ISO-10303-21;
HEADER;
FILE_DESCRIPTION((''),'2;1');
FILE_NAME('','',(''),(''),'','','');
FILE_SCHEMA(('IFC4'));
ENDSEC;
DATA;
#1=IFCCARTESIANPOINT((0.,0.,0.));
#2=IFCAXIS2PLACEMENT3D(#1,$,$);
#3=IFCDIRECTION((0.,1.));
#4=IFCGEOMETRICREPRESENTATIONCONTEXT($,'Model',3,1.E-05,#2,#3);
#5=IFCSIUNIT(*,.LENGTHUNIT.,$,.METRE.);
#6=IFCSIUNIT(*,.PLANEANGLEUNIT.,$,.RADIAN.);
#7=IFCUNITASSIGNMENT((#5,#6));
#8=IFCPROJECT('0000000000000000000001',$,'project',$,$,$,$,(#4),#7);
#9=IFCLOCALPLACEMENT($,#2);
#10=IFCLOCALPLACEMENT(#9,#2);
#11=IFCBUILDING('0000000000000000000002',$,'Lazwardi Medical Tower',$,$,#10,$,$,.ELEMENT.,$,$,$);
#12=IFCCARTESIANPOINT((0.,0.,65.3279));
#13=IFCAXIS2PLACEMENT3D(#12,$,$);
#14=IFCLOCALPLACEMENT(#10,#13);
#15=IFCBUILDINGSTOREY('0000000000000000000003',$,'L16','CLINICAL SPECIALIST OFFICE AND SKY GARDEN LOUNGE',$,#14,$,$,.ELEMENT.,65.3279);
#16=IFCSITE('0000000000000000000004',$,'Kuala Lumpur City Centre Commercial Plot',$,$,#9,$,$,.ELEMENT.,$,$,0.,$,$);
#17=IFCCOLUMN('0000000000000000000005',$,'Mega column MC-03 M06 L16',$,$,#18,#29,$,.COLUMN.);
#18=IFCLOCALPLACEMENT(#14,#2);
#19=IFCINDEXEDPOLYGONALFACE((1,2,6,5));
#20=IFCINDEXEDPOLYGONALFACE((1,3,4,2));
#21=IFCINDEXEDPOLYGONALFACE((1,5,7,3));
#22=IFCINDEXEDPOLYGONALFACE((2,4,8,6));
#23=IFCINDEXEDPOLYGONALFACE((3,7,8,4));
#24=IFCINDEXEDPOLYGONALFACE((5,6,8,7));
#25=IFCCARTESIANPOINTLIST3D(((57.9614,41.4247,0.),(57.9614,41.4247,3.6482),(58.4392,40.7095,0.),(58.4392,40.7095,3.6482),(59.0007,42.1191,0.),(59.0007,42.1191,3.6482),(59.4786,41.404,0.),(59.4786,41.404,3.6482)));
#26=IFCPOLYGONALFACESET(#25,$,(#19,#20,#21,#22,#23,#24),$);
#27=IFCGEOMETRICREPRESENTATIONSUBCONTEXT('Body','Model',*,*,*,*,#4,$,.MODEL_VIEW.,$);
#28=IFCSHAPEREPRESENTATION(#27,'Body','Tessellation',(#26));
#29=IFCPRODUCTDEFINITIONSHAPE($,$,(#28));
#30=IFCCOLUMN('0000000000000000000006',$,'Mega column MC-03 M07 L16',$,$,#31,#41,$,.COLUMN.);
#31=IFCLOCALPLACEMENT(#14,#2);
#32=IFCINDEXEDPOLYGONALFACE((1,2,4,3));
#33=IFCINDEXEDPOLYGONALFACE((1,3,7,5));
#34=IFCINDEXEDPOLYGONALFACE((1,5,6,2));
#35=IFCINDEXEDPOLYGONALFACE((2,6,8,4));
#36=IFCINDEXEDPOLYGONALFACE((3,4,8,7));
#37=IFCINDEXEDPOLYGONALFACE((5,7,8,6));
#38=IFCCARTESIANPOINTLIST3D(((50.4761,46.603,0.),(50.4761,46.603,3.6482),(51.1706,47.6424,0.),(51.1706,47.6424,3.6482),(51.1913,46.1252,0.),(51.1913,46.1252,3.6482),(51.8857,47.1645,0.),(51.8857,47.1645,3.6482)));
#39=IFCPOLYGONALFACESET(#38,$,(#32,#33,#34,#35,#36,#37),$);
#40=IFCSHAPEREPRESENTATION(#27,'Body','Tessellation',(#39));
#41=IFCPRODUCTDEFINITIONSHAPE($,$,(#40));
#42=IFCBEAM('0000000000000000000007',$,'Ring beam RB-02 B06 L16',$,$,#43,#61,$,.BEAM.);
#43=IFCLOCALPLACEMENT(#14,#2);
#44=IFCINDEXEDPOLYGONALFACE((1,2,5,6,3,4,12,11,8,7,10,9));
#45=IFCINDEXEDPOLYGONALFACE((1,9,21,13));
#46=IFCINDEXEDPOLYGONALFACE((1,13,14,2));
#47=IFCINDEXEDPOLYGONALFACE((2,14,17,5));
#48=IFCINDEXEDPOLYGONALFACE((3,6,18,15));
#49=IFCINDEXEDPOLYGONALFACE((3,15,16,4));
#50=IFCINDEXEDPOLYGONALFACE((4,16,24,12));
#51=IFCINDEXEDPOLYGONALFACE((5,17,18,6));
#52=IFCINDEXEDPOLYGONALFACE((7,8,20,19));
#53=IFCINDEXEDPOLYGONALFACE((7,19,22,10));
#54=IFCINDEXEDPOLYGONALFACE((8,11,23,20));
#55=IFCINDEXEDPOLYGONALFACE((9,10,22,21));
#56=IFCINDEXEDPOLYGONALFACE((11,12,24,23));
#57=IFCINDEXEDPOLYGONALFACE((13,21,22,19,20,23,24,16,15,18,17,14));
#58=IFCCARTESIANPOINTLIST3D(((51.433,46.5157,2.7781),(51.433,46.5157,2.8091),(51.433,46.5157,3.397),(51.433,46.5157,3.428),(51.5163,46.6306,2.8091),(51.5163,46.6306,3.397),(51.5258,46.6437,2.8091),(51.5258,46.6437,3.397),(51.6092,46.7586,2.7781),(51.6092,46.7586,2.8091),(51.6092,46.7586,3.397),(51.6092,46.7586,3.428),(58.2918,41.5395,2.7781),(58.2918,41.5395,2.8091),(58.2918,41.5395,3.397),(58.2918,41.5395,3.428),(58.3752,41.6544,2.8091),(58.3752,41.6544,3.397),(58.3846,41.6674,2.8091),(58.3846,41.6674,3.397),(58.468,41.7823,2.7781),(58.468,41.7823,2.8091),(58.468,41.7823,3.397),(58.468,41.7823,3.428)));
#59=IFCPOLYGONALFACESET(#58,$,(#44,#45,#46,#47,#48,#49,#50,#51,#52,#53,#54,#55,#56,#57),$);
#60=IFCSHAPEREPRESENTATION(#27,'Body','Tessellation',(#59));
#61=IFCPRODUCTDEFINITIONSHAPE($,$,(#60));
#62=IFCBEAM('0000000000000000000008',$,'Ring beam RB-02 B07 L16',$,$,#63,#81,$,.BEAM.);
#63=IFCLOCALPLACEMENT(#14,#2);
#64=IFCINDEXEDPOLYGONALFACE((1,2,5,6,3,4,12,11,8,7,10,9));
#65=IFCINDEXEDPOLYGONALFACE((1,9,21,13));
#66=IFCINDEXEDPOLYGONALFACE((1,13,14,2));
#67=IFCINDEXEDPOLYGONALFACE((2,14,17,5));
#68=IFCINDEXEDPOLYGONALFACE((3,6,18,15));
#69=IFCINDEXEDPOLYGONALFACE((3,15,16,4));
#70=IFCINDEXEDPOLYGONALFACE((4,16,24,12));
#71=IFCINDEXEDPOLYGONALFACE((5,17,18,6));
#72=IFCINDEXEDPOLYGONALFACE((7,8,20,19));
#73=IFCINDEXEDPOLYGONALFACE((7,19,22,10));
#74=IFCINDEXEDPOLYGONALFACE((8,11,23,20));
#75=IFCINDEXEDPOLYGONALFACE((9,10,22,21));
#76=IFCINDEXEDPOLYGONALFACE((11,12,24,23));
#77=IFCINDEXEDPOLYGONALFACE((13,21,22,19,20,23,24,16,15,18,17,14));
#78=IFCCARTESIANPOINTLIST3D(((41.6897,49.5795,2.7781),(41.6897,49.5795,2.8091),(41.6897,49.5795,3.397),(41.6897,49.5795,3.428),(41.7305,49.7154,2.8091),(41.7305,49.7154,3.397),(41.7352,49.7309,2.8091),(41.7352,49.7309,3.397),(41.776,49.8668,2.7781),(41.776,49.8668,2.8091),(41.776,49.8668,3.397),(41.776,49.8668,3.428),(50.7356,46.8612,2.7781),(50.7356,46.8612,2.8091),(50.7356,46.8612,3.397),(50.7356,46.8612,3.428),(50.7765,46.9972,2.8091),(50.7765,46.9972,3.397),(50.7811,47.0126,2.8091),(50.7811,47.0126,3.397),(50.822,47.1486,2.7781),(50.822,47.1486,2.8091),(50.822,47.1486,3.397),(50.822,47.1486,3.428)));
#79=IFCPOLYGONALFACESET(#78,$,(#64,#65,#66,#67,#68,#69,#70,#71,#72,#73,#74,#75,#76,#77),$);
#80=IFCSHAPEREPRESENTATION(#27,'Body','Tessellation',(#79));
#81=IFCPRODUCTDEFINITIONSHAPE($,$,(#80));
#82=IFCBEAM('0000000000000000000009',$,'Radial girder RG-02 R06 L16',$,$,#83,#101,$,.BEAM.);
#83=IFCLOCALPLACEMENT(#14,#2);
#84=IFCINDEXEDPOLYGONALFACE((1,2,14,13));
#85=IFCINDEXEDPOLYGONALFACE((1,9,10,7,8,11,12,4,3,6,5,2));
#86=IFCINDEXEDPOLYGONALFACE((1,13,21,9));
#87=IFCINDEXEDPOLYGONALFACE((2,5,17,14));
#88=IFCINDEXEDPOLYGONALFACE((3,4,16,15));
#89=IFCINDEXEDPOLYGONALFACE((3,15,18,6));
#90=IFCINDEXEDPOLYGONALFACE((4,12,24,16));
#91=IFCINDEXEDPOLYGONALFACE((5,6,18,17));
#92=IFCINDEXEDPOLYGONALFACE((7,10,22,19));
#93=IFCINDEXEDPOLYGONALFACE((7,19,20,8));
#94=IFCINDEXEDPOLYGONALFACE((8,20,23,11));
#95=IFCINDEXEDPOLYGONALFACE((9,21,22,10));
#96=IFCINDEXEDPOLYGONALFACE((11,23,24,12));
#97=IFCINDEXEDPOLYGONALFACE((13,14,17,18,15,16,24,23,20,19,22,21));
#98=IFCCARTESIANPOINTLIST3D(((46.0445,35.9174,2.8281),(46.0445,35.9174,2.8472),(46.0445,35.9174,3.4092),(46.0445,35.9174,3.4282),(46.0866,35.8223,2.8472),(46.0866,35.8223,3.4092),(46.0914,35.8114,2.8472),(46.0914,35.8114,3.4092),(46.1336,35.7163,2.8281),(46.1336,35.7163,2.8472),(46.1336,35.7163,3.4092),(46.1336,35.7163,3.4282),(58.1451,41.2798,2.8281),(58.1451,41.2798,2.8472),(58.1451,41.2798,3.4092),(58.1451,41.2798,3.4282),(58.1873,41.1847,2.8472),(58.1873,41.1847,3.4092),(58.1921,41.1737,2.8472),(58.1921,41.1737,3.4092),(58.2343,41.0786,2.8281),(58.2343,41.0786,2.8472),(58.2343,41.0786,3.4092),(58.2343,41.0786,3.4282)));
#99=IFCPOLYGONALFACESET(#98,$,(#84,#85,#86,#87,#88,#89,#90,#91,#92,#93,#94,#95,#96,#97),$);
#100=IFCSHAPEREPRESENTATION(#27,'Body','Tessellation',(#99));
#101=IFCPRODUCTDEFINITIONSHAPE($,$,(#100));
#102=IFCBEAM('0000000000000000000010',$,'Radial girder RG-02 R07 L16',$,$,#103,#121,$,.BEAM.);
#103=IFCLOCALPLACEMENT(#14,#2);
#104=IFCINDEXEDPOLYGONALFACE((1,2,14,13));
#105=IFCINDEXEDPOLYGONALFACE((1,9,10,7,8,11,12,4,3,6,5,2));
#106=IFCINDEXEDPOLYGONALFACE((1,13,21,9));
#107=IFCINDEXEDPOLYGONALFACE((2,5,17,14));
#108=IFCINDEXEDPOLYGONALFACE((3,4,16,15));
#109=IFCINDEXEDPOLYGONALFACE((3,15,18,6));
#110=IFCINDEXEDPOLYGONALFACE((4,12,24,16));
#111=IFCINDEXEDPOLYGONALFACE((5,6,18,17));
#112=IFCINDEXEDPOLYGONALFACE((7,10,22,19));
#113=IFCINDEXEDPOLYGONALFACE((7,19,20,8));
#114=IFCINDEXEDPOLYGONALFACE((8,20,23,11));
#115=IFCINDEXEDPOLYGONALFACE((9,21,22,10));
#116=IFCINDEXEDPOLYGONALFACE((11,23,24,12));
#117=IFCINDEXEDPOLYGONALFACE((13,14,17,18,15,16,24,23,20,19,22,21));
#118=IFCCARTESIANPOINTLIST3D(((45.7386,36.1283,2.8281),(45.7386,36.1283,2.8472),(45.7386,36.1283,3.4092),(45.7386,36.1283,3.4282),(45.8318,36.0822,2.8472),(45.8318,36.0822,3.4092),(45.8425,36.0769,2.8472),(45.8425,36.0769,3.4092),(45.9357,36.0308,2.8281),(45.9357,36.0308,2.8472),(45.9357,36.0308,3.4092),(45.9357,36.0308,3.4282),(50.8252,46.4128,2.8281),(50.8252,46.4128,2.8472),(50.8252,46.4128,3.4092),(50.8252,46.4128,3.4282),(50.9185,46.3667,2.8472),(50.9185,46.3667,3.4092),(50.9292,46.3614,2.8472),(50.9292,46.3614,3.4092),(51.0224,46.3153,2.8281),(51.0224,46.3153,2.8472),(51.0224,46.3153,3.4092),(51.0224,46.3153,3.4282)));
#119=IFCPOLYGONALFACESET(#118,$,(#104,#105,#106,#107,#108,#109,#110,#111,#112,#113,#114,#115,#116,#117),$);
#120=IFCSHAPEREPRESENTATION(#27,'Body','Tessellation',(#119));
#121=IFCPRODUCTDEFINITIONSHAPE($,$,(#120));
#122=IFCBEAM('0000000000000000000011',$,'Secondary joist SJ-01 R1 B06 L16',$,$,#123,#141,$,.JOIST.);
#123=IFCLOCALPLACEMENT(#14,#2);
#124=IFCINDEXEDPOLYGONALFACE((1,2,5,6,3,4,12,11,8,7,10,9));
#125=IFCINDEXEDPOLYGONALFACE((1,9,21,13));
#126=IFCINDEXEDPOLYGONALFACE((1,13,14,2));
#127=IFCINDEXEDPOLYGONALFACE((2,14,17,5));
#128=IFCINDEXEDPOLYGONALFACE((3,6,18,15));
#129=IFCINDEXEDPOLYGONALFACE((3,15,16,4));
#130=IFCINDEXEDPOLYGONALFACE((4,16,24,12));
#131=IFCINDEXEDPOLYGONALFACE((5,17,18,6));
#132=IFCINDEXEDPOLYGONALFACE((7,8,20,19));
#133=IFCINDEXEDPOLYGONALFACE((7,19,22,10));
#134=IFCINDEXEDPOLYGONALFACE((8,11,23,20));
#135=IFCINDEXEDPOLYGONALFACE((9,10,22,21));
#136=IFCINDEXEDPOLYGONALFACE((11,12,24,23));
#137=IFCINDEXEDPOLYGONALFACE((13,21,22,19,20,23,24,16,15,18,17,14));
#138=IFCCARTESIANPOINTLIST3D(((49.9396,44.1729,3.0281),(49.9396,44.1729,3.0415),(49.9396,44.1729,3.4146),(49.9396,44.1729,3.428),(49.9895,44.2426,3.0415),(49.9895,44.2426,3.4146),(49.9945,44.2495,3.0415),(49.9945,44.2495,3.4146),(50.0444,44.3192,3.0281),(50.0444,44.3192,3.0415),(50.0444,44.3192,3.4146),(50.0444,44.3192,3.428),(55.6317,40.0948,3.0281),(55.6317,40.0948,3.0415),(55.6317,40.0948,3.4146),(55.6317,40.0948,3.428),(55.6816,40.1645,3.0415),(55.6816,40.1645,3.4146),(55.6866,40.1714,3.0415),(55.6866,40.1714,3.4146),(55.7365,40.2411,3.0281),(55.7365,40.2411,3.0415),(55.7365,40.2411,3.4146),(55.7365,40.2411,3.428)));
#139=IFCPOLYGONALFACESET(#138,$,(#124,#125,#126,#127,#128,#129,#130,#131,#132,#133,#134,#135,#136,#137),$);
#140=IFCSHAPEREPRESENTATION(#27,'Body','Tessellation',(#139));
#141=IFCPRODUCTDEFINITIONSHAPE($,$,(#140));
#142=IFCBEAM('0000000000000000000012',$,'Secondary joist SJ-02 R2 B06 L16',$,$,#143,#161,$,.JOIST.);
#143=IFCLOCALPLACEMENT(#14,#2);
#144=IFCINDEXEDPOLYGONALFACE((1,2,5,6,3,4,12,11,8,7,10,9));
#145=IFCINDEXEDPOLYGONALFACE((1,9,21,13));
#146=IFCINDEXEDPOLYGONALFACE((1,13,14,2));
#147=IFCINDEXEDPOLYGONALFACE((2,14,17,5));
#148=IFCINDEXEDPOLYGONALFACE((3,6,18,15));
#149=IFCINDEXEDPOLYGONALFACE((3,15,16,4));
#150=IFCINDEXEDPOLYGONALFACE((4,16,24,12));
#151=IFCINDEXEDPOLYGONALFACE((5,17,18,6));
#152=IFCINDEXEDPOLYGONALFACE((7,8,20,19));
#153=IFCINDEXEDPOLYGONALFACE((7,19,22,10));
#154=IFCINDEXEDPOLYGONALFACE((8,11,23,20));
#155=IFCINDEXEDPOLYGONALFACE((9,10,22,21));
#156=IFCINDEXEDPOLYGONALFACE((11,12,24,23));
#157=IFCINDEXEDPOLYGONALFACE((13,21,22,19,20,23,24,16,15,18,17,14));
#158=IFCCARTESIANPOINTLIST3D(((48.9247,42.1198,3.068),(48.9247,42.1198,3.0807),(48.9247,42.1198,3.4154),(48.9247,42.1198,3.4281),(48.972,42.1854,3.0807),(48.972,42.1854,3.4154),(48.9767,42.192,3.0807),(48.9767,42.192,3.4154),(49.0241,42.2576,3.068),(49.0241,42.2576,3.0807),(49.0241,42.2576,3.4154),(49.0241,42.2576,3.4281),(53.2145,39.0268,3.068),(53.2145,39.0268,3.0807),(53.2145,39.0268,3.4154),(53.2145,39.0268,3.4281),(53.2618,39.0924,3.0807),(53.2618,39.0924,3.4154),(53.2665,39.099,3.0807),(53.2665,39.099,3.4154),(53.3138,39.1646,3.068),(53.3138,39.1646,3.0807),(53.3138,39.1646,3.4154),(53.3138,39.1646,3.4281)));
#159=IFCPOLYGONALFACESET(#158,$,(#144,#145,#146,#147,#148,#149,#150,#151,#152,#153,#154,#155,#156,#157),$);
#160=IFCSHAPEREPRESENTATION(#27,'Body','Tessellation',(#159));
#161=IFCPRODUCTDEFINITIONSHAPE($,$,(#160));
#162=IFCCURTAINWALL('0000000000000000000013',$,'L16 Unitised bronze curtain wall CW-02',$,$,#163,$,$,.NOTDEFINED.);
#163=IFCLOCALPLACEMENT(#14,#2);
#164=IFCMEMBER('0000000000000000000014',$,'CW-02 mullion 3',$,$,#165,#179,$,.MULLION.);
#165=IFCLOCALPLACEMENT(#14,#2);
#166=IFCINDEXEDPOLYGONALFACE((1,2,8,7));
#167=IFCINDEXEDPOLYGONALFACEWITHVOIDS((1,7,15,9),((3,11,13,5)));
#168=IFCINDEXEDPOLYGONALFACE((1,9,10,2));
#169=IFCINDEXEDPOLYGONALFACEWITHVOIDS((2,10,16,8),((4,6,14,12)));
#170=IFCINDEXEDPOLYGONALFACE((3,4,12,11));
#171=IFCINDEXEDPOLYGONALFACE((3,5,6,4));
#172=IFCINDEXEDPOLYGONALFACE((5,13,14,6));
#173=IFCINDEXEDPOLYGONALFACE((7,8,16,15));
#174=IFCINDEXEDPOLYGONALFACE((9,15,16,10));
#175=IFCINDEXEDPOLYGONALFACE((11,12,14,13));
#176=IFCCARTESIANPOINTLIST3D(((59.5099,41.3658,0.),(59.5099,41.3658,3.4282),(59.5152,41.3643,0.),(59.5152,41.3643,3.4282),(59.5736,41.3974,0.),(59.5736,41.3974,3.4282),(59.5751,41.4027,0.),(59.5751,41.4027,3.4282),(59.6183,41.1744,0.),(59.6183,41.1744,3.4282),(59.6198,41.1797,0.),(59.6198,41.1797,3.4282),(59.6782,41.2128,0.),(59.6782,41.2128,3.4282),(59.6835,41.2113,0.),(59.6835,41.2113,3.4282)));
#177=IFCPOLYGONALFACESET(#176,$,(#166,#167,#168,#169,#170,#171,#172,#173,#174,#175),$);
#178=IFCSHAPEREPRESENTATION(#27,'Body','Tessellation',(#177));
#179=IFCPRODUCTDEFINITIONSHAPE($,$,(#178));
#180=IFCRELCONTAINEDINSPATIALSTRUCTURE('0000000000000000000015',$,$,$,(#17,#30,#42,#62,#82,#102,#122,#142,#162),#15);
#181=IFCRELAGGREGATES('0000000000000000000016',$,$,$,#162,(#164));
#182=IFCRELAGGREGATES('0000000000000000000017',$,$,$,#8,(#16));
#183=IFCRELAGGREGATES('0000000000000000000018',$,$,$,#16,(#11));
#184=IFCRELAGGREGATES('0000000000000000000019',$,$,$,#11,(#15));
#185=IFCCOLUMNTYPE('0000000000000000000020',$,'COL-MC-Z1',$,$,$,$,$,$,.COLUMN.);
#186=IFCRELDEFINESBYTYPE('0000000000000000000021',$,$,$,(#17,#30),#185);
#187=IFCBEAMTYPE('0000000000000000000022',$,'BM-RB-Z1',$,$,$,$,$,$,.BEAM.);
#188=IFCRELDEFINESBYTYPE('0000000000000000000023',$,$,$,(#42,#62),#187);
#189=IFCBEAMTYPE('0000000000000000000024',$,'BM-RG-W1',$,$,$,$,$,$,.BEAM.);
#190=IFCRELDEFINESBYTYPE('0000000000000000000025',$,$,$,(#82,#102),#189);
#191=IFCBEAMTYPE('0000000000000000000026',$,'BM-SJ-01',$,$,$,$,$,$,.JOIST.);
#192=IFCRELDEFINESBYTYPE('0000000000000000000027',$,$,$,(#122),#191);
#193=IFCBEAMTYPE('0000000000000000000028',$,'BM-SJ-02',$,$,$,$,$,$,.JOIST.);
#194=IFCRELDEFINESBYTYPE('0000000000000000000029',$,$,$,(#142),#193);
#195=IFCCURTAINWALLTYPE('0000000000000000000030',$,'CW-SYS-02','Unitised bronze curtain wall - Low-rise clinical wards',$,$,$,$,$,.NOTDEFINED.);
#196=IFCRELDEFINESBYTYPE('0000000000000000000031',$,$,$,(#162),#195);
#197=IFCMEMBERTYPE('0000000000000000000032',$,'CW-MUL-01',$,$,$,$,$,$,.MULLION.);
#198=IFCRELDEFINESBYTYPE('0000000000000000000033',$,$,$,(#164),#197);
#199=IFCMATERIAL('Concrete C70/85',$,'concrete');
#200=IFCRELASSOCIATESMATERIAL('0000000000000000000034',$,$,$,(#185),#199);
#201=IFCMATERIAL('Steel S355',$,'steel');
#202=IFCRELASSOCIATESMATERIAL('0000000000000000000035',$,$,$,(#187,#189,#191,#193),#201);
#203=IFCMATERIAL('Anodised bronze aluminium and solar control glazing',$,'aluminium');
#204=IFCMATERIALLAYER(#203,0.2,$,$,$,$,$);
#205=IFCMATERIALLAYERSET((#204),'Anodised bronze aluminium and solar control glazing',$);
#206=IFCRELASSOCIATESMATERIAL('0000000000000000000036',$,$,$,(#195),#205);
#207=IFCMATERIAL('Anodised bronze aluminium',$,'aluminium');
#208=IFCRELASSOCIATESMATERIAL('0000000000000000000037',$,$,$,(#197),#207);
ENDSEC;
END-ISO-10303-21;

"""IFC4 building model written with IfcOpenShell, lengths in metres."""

from ifc_helpers import new_model, si_unit, direction, frame, origin, origin_2d, place, context, subcontext, project, spatial, rectangle, hollow_rectangle, i_section, extrude, material, layer, layer_set, material_profile, profile_set, type_object, element, aggregate, save


model = new_model("IFC4")

# Units and contexts
model_context = context("Model", 3, precision=1e-05, world=origin(), true_north=direction((0.0, 1.0)))
body_context = subcontext(model_context, "Body", "Model", "MODEL_VIEW")
ifc_project = project(units=[si_unit("LENGTHUNIT", "METRE"), si_unit("PLANEANGLEUNIT", "RADIAN")], contexts=[model_context])

# Site, building, storey
site_placement = place(None, origin())
site = spatial("IfcSite", under=ifc_project, at=site_placement, Name="Kuala Lumpur City Centre Commercial Plot", CompositionType="ELEMENT", RefElevation=0.0)
building_placement = place(site_placement, origin())
building = spatial("IfcBuilding", under=site, at=building_placement, Name="Lazwardi Medical Tower", CompositionType="ELEMENT")
storey_placement = place(building_placement, frame((0.0, 0.0, 65.3279)))
storey = spatial("IfcBuildingStorey", under=building, at=storey_placement, Name="L16", Description="CLINICAL SPECIALIST OFFICE AND SKY GARDEN LOUNGE", CompositionType="ELEMENT", Elevation=65.3279)

# Columns
ifc_material_1 = material(Name="Concrete C70/85", Category="concrete")
ifc_material_profile_1 = material_profile(ifc_material_1, rectangle(XDim=1.25, YDim=0.8601, at=origin_2d()), Name="CFT-RECT 1250x860")
ifc_profile_set_1 = profile_set([ifc_material_profile_1], Name="Concrete C70/85")
column_type = type_object("IfcColumnType", Name="COL-MC-Z1", PredefinedType="COLUMN", material=ifc_profile_set_1)
for number, where, z_axis, x_axis, name in (
    (1, (58.72, 41.4143, 0.0), (0.0, 0.0, 1.0), (0.83147, 0.55557, 0.0), "Mega column MC-03 M06 L16"),
    (2, (51.1809, 46.8838, 0.0), (0.0, 0.0, 1.0), (0.55557, 0.83147, 0.0), "Mega column MC-03 M07 L16"),
):
    element("IfcColumn", number, at=place(storey_placement, frame(where, z_axis=z_axis, x_axis=x_axis)), inside=storey, type_object=column_type, Name=name, PredefinedType="COLUMN", context=body_context, shape_type="SweptSolid", body=[
        extrude(rectangle(XDim=1.25, YDim=0.8601, at=origin_2d()), origin(), (0.0, 0.0, 1.0), 3.6482),
    ])

# Beams
ifc_material_2 = material(Name="Steel S355", Category="steel")
ifc_material_profile_2 = material_profile(ifc_material_2, i_section(OverallWidth=0.3, OverallDepth=0.6499, WebThickness=0.0161, FlangeThickness=0.031, at=origin_2d()), Name="HEB 650")
ifc_profile_set_2 = profile_set([ifc_material_profile_2], Name="Steel S355")
beam_type_1 = type_object("IfcBeamType", Name="BM-RB-Z1", PredefinedType="BEAM", material=ifc_profile_set_2)
beam_1_placement = place(storey_placement, frame((58.3799, 41.6609, 3.103), z_axis=(-0.809407, 0.587248, 0.0), x_axis=(-0.587248, -0.809407, 0.0)))
element("IfcBeam", 3, at=beam_1_placement, inside=storey, type_object=beam_type_1, Name="Ring beam RB-02 B06 L16", PredefinedType="BEAM", context=body_context, shape_type="SweptSolid", body=[
    extrude(i_section(OverallWidth=0.3, OverallDepth=0.6499, WebThickness=0.0161, FlangeThickness=0.031, at=origin_2d()), origin(), (0.0, 0.0, 1.0), 8.4739),
])
beam_2_placement = place(storey_placement, frame((50.7788, 47.0049, 3.103), z_axis=(-0.957695, 0.287784, 0.0), x_axis=(-0.287784, -0.957695, 0.0)))
element("IfcBeam", 4, at=beam_2_placement, inside=storey, type_object=beam_type_1, Name="Ring beam RB-02 B07 L16", PredefinedType="BEAM", context=body_context, shape_type="SweptSolid", body=[
    extrude(i_section(OverallWidth=0.3, OverallDepth=0.6499, WebThickness=0.0161, FlangeThickness=0.031, at=origin_2d()), origin(), (0.0, 0.0, 1.0), 9.4456),
])
ifc_material_profile_3 = material_profile(ifc_material_2, i_section(OverallWidth=0.22, OverallDepth=0.6001, WebThickness=0.012, FlangeThickness=0.019, at=origin_2d()), Name="IPE 600")
ifc_profile_set_3 = profile_set([ifc_material_profile_3], Name="Steel S355")
beam_type_2 = type_object("IfcBeamType", Name="BM-RG-W1", PredefinedType="BEAM", material=ifc_profile_set_3)
beam_3_placement = place(storey_placement, frame((58.1897, 41.1792, 3.1282), z_axis=(-0.914252, -0.405146, 0.0), x_axis=(0.405146, -0.914252, 0.0)))
element("IfcBeam", 5, at=beam_3_placement, inside=storey, type_object=beam_type_2, Name="Radial girder RG-02 R06 L16", PredefinedType="BEAM", context=body_context, shape_type="SweptSolid", body=[
    extrude(i_section(OverallWidth=0.22, OverallDepth=0.6001, WebThickness=0.012, FlangeThickness=0.019, at=origin_2d()), origin(), (0.0, 0.0, 1.0), 13.2356),
])
beam_4_placement = place(storey_placement, frame((50.9238, 46.364, 3.1282), z_axis=(-0.443337, -0.896355, 0.0), x_axis=(0.896355, -0.443337, 0.0)))
element("IfcBeam", 6, at=beam_4_placement, inside=storey, type_object=beam_type_2, Name="Radial girder RG-02 R07 L16", PredefinedType="BEAM", context=body_context, shape_type="SweptSolid", body=[
    extrude(i_section(OverallWidth=0.22, OverallDepth=0.6001, WebThickness=0.012, FlangeThickness=0.019, at=origin_2d()), origin(), (0.0, 0.0, 1.0), 11.4736),
])
ifc_material_profile_4 = material_profile(ifc_material_2, i_section(OverallWidth=0.1799, OverallDepth=0.3999, WebThickness=0.0085, FlangeThickness=0.0134, at=origin_2d()), Name="IPE 400")
ifc_profile_set_4 = profile_set([ifc_material_profile_4], Name="Steel S355")
beam_type_3 = type_object("IfcBeamType", Name="BM-SJ-01", PredefinedType="JOIST", material=ifc_profile_set_4)
beam_5_placement = place(storey_placement, frame((55.6841, 40.168, 3.228), z_axis=(-0.812901, 0.582402, 0.0), x_axis=(-0.582402, -0.812901, 0.0)))
element("IfcBeam", 7, at=beam_5_placement, inside=storey, type_object=beam_type_3, Name="Secondary joist SJ-01 R1 B06 L16", PredefinedType="JOIST", context=body_context, shape_type="SweptSolid", body=[
    extrude(i_section(OverallWidth=0.1799, OverallDepth=0.3999, WebThickness=0.0085, FlangeThickness=0.0134, at=origin_2d()), origin(), (0.0, 0.0, 1.0), 7.0022),
])
ifc_material_profile_5 = material_profile(ifc_material_2, i_section(OverallWidth=0.1699, OverallDepth=0.3601, WebThickness=0.0081, FlangeThickness=0.0127, at=origin_2d()), Name="IPE 360")
ifc_profile_set_5 = profile_set([ifc_material_profile_5], Name="Steel S355")
beam_type_4 = type_object("IfcBeamType", Name="BM-SJ-02", PredefinedType="JOIST", material=ifc_profile_set_5)
beam_6_placement = place(storey_placement, frame((53.2642, 39.0957, 3.248), z_axis=(-0.811143, 0.584848, 0.0), x_axis=(-0.584848, -0.811143, 0.0)))
element("IfcBeam", 8, at=beam_6_placement, inside=storey, type_object=beam_type_4, Name="Secondary joist SJ-02 R2 B06 L16", PredefinedType="JOIST", context=body_context, shape_type="SweptSolid", body=[
    extrude(i_section(OverallWidth=0.1699, OverallDepth=0.3601, WebThickness=0.0081, FlangeThickness=0.0127, at=origin_2d()), origin(), (0.0, 0.0, 1.0), 5.2886),
])

# Curtain wall, member
ifc_material_3 = material(Name="Anodised bronze aluminium and solar control glazing", Category="aluminium")
ifc_layer_1 = layer(ifc_material_3, 0.2)
ifc_layer_set_1 = layer_set([ifc_layer_1], Name="Anodised bronze aluminium and solar control glazing")
curtain_wall_type = type_object("IfcCurtainWallType", Name="CW-SYS-02", Description="Unitised bronze curtain wall - Low-rise clinical wards", PredefinedType="NOTDEFINED", material=ifc_layer_set_1)
curtain_wall_1_placement = place(storey_placement, origin())
curtain_wall_1 = element("IfcCurtainWall", 9, at=curtain_wall_1_placement, inside=storey, type_object=curtain_wall_type, Name="L16 Unitised bronze curtain wall CW-02", PredefinedType="NOTDEFINED")
ifc_material_4 = material(Name="Anodised bronze aluminium", Category="aluminium")
ifc_material_profile_6 = material_profile(ifc_material_4, hollow_rectangle(XDim=0.075, YDim=0.22, WallThickness=0.0039, at=origin_2d()), Name="ALU-MULLION 220x75x4")
ifc_profile_set_6 = profile_set([ifc_material_profile_6], Name="Anodised bronze aluminium")
member_type_1 = type_object("IfcMemberType", Name="CW-MUL-01", PredefinedType="MULLION", material=ifc_profile_set_6)
member_1_placement = place(storey_placement, frame((59.5967, 41.2886, 0.0), z_axis=(0.0, 0.0, 1.0), x_axis=(-0.870112, -0.492854, 0.0)))
member_1 = element("IfcMember", 10, at=member_1_placement, type_object=member_type_1, Name="CW-02 mullion 3", PredefinedType="MULLION", context=body_context, shape_type="SweptSolid", body=[
    extrude(hollow_rectangle(XDim=0.075, YDim=0.22, WallThickness=0.0039, at=origin_2d()), origin(), (0.0, 0.0, 1.0), 3.4282),
])

aggregate(curtain_wall_1, [member_1])

save(model, "model.ifc")
